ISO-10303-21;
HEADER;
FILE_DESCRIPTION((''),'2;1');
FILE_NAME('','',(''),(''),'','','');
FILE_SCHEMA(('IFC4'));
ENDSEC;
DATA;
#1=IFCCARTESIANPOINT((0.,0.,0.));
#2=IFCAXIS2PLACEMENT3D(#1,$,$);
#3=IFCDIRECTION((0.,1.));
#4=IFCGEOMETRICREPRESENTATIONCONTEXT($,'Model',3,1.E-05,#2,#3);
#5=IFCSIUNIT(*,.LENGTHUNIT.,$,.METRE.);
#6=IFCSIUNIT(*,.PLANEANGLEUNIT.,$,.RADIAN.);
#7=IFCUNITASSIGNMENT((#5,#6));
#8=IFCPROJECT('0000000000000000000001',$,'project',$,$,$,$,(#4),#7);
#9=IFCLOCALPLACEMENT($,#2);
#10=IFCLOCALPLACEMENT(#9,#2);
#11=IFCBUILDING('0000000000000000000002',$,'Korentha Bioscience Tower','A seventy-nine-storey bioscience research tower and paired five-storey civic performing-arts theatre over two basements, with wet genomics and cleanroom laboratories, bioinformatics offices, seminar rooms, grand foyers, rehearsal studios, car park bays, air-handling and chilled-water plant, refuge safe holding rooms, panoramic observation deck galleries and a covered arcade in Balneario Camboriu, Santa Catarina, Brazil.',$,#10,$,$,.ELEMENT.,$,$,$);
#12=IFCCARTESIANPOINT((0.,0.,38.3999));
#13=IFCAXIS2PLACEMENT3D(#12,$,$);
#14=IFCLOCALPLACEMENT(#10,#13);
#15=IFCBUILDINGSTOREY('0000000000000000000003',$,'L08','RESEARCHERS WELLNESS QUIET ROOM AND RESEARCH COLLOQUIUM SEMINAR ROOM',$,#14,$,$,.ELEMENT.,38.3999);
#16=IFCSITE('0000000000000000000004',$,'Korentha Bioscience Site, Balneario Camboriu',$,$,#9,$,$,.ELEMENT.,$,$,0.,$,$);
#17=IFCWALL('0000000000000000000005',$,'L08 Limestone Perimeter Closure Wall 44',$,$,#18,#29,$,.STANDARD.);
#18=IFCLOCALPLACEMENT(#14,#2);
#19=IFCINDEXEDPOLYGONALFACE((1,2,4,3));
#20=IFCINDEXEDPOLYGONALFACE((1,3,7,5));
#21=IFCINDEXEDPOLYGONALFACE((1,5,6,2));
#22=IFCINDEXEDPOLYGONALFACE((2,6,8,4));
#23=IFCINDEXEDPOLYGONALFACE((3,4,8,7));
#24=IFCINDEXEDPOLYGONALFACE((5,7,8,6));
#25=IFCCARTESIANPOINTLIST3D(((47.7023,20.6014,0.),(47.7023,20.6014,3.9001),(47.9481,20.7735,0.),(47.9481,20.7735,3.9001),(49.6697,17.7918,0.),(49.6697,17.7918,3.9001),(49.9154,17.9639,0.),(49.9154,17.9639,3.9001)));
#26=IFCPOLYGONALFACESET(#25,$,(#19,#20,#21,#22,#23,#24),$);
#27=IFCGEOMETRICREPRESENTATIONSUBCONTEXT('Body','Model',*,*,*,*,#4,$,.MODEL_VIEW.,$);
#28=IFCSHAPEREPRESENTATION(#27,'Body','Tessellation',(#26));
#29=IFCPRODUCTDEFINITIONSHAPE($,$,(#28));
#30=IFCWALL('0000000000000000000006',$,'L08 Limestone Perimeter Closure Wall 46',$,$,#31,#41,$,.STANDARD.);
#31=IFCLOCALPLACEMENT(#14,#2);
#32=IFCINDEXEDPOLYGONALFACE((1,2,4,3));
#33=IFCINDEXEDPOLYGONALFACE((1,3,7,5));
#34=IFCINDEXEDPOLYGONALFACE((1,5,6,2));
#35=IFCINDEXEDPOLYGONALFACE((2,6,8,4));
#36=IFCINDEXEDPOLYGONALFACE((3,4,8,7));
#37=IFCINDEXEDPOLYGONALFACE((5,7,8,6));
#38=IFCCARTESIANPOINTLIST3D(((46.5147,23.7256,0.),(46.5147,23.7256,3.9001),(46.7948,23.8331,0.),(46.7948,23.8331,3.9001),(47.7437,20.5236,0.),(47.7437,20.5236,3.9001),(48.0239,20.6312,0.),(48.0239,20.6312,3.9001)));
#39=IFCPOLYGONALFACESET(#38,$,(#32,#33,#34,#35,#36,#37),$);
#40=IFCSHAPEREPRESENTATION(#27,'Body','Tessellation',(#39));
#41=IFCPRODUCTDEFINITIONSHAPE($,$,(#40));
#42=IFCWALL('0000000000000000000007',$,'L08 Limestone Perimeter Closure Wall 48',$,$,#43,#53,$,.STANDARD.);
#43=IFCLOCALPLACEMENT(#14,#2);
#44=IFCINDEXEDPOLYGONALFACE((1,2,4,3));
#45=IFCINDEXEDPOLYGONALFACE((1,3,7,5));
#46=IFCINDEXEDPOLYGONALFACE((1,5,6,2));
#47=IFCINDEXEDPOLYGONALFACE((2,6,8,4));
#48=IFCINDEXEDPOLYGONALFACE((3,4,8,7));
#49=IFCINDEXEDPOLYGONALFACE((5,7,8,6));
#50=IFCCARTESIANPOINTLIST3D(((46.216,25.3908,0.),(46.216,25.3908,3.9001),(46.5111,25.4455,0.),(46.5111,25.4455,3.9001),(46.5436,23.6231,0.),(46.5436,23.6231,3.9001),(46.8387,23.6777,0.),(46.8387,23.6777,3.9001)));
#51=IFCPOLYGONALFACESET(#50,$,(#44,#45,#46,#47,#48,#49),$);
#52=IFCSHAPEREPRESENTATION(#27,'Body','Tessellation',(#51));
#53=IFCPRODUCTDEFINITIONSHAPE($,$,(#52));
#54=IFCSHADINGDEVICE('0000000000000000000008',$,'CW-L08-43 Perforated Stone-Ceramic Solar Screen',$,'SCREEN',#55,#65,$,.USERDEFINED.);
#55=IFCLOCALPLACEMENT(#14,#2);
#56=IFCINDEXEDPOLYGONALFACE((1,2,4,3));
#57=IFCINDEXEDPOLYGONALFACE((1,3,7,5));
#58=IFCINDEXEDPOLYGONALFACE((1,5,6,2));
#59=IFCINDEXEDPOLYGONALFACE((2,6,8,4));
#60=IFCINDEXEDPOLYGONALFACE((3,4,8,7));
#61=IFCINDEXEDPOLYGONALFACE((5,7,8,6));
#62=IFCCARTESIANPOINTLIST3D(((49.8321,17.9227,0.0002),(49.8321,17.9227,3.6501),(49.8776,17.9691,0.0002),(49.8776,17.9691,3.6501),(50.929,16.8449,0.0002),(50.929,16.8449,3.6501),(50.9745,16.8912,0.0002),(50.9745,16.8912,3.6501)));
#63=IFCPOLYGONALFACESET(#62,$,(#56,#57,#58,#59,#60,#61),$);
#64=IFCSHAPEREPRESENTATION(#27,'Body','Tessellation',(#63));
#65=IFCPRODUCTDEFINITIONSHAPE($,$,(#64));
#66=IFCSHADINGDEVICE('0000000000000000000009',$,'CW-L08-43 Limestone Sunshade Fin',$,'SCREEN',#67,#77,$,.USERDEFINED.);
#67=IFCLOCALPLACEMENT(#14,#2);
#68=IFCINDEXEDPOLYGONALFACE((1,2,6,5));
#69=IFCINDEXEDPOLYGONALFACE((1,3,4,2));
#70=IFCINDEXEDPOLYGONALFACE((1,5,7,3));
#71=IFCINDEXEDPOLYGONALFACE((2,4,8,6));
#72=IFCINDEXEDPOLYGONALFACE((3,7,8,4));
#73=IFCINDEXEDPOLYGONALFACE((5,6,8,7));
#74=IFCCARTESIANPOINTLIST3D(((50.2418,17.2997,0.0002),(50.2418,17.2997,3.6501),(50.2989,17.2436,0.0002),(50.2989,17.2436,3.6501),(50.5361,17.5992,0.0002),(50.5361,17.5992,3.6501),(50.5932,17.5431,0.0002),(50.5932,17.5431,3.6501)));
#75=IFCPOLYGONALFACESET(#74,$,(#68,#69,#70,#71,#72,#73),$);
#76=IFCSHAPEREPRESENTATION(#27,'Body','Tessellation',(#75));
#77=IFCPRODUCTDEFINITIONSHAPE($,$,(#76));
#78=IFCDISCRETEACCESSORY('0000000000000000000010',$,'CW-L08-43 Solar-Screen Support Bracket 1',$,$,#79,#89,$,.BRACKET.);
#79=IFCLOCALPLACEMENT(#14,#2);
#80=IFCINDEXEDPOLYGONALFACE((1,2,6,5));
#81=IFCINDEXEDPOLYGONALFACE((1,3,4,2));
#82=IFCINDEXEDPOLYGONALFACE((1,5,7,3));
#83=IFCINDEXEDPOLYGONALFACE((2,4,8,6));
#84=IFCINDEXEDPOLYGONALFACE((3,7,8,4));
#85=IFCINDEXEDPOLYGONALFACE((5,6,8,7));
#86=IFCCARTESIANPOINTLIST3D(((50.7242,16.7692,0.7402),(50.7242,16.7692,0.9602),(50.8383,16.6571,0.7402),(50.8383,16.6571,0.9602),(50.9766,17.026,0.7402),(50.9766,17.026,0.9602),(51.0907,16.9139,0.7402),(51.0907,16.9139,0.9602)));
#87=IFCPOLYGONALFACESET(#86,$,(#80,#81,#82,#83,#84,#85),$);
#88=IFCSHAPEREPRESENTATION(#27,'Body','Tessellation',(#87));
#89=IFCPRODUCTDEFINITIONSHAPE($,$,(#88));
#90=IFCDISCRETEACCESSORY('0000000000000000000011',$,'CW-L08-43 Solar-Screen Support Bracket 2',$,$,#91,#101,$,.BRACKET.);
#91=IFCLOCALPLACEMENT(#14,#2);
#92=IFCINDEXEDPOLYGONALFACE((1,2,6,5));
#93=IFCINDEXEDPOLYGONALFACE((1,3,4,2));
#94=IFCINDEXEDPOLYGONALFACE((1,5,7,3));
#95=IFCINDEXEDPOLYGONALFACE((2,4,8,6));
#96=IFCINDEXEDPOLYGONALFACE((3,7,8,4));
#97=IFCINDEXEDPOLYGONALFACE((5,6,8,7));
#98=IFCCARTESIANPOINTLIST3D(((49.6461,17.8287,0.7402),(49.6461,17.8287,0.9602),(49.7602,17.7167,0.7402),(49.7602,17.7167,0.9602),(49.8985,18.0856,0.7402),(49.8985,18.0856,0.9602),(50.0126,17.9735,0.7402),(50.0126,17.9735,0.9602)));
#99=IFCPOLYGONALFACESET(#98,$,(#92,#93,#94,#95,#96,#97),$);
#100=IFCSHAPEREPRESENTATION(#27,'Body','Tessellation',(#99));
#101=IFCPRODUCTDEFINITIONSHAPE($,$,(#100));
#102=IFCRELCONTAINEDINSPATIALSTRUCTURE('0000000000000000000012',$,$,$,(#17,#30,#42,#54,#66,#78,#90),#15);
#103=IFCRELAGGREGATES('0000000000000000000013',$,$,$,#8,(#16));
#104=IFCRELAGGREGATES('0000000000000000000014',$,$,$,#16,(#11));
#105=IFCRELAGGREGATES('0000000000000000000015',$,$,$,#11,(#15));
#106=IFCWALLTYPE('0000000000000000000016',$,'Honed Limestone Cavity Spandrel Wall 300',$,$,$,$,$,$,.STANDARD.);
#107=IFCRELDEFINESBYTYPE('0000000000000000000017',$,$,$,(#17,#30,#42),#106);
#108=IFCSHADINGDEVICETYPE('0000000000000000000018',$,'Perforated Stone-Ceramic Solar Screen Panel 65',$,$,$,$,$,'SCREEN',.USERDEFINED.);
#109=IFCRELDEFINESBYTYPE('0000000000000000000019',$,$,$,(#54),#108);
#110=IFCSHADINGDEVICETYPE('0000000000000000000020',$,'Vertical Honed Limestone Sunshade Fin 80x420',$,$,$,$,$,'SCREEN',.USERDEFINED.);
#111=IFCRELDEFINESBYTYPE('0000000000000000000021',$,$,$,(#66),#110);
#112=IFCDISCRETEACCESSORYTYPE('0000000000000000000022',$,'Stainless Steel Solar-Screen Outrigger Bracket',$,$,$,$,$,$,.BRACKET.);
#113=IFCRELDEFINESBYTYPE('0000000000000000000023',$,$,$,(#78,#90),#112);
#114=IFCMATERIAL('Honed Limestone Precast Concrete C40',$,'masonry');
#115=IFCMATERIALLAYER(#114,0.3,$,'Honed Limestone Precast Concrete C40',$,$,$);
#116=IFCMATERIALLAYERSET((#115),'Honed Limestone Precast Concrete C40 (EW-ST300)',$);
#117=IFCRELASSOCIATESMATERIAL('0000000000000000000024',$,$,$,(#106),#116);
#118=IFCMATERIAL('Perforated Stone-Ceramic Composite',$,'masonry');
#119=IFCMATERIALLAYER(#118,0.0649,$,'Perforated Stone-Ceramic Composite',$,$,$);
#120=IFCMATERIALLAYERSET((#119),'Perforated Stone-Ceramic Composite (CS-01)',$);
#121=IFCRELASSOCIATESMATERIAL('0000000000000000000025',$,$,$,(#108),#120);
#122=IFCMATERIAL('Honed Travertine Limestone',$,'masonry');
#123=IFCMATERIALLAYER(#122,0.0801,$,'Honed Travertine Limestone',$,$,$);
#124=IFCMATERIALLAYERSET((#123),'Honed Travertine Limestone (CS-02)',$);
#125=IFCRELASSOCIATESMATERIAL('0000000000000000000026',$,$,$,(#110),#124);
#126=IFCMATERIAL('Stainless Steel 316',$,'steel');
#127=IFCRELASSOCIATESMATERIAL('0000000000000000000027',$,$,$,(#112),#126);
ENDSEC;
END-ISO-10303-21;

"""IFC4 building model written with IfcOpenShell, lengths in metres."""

from ifc_helpers import new_model, si_unit, direction, frame, frame_2d, origin, origin_2d, place, context, subcontext, project, spatial, rectangle, extrude, material, layer, layer_set, type_object, element, save


model = new_model("IFC4")

# Units and contexts
model_context = context("Model", 3, precision=1e-05, world=origin(), true_north=direction((0.0, 1.0)))
body_context = subcontext(model_context, "Body", "Model", "MODEL_VIEW")
ifc_project = project(units=[si_unit("LENGTHUNIT", "METRE"), si_unit("PLANEANGLEUNIT", "RADIAN")], contexts=[model_context])

# Site, building, storey
site_placement = place(None, origin())
site = spatial("IfcSite", under=ifc_project, at=site_placement, Name="Korentha Bioscience Site, Balneario Camboriu", CompositionType="ELEMENT", RefElevation=0.0)
building_placement = place(site_placement, origin())
building = spatial("IfcBuilding", under=site, at=building_placement, Name="Korentha Bioscience Tower", Description="A seventy-nine-storey bioscience research tower and paired five-storey civic performing-arts theatre over two basements, with wet genomics and cleanroom laboratories, bioinformatics offices, seminar rooms, grand foyers, rehearsal studios, car park bays, air-handling and chilled-water plant, refuge safe holding rooms, panoramic observation deck galleries and a covered arcade in Balneario Camboriu, Santa Catarina, Brazil.", CompositionType="ELEMENT")
storey_placement = place(building_placement, frame((0.0, 0.0, 38.3999)))
storey = spatial("IfcBuildingStorey", under=building, at=storey_placement, Name="L08", Description="RESEARCHERS WELLNESS QUIET ROOM AND RESEARCH COLLOQUIUM SEMINAR ROOM", CompositionType="ELEMENT", Elevation=38.3999)

# Walls
ifc_material_1 = material(Name="Honed Limestone Precast Concrete C40", Category="masonry")
ifc_layer_1 = layer(ifc_material_1, 0.3, Name="Honed Limestone Precast Concrete C40")
ifc_layer_set_1 = layer_set([ifc_layer_1], Name="Honed Limestone Precast Concrete C40 (EW-ST300)")
wall_type_1 = type_object("IfcWallType", Name="Honed Limestone Cavity Spandrel Wall 300", PredefinedType="STANDARD", material=ifc_layer_set_1)
wall_1_placement = place(storey_placement, frame((49.7925, 17.8779, 0.0), z_axis=(0.0, 0.0, 1.0), x_axis=(-0.573577, 0.819152, 0.0)))
element("IfcWall", 1, at=wall_1_placement, inside=storey, type_object=wall_type_1, Name="L08 Limestone Perimeter Closure Wall 44", PredefinedType="STANDARD", context=body_context, shape_type="SweptSolid", body=[
    extrude(rectangle(XDim=3.4299, YDim=0.3, at=frame_2d((1.7148, 0.0))), origin(), (0.0, 0.0, 1.0), 3.9001),
])
wall_2_placement = place(storey_placement, frame((47.8838, 20.5774, 0.0), z_axis=(0.0, 0.0, 1.0), x_axis=(-0.358345, 0.933589, 0.0)))
element("IfcWall", 2, at=wall_2_placement, inside=storey, type_object=wall_type_1, Name="L08 Limestone Perimeter Closure Wall 46", PredefinedType="STANDARD", context=body_context, shape_type="SweptSolid", body=[
    extrude(rectangle(XDim=3.4297, YDim=0.3, at=frame_2d((1.7148, 0.0))), origin(), (0.0, 0.0, 1.0), 3.9001),
])
wall_3_placement = place(storey_placement, frame((46.6912, 23.6504, 0.0), z_axis=(0.0, 0.0, 1.0), x_axis=(-0.18223, 0.983256, 0.0)))
element("IfcWall", 3, at=wall_3_placement, inside=storey, type_object=wall_type_1, Name="L08 Limestone Perimeter Closure Wall 48", PredefinedType="STANDARD", context=body_context, shape_type="SweptSolid", body=[
    extrude(rectangle(XDim=1.7979, YDim=0.3, at=frame_2d((0.8989, 0.0))), origin(), (0.0, 0.0, 1.0), 3.9001),
])

# Shading devices
ifc_material_2 = material(Name="Perforated Stone-Ceramic Composite", Category="masonry")
ifc_layer_2 = layer(ifc_material_2, 0.0649, Name="Perforated Stone-Ceramic Composite")
ifc_layer_set_2 = layer_set([ifc_layer_2], Name="Perforated Stone-Ceramic Composite (CS-01)")
shading_device_type_1 = type_object("IfcShadingDeviceType", Name="Perforated Stone-Ceramic Solar Screen Panel 65", ElementType="SCREEN", PredefinedType="USERDEFINED", material=ifc_layer_set_2)
shading_device_1_placement = place(storey_placement, frame((50.4033, 17.407, 0.0002), z_axis=(0.0, 0.0, 1.0), x_axis=(-0.713279, 0.70088, 0.0)))
element("IfcShadingDevice", 4, at=shading_device_1_placement, inside=storey, type_object=shading_device_type_1, Name="CW-L08-43 Perforated Stone-Ceramic Solar Screen", ObjectType="SCREEN", PredefinedType="USERDEFINED", context=body_context, shape_type="SweptSolid", body=[
    extrude(rectangle(XDim=1.5378, YDim=0.0649, at=origin_2d()), origin(), (0.0, 0.0, 1.0), 3.6499),
])
ifc_material_3 = material(Name="Honed Travertine Limestone", Category="masonry")
ifc_layer_3 = layer(ifc_material_3, 0.0801, Name="Honed Travertine Limestone")
ifc_layer_set_3 = layer_set([ifc_layer_3], Name="Honed Travertine Limestone (CS-02)")
shading_device_type_2 = type_object("IfcShadingDeviceType", Name="Vertical Honed Limestone Sunshade Fin 80x420", ElementType="SCREEN", PredefinedType="USERDEFINED", material=ifc_layer_set_3)
shading_device_2_placement = place(storey_placement, frame((50.4175, 17.4214, 0.0002), z_axis=(0.0, 0.0, 1.0), x_axis=(-0.713279, 0.70088, 0.0)))
element("IfcShadingDevice", 5, at=shading_device_2_placement, inside=storey, type_object=shading_device_type_2, Name="CW-L08-43 Limestone Sunshade Fin", ObjectType="SCREEN", PredefinedType="USERDEFINED", context=body_context, shape_type="SweptSolid", body=[
    extrude(rectangle(XDim=0.0801, YDim=0.4199, at=origin_2d()), origin(), (0.0, 0.0, 1.0), 3.6499),
])

# Discrete accessories
ifc_material_4 = material(Name="Stainless Steel 316", Category="steel")
discrete_accessory_type = type_object("IfcDiscreteAccessoryType", Name="Stainless Steel Solar-Screen Outrigger Bracket", PredefinedType="BRACKET", material=ifc_material_4)
for number, where, z_axis, x_axis, name in (
    (6, (50.9075, 16.8416, 0.7402), (0.0, 0.0, 1.0), (-0.713279, 0.70088, 0.0), "CW-L08-43 Solar-Screen Support Bracket 1"),
    (7, (49.8293, 17.9011, 0.7402), (0.0, 0.0, 1.0), (-0.713279, 0.70088, 0.0), "CW-L08-43 Solar-Screen Support Bracket 2"),
):
    element("IfcDiscreteAccessory", number, at=place(storey_placement, frame(where, z_axis=z_axis, x_axis=x_axis)), inside=storey, type_object=discrete_accessory_type, Name=name, PredefinedType="BRACKET", context=body_context, shape_type="SweptSolid", body=[
        extrude(rectangle(XDim=0.1599, YDim=0.3601, at=origin_2d()), origin(), (0.0, 0.0, 1.0), 0.22),
    ])

save(model, "model.ifc")
